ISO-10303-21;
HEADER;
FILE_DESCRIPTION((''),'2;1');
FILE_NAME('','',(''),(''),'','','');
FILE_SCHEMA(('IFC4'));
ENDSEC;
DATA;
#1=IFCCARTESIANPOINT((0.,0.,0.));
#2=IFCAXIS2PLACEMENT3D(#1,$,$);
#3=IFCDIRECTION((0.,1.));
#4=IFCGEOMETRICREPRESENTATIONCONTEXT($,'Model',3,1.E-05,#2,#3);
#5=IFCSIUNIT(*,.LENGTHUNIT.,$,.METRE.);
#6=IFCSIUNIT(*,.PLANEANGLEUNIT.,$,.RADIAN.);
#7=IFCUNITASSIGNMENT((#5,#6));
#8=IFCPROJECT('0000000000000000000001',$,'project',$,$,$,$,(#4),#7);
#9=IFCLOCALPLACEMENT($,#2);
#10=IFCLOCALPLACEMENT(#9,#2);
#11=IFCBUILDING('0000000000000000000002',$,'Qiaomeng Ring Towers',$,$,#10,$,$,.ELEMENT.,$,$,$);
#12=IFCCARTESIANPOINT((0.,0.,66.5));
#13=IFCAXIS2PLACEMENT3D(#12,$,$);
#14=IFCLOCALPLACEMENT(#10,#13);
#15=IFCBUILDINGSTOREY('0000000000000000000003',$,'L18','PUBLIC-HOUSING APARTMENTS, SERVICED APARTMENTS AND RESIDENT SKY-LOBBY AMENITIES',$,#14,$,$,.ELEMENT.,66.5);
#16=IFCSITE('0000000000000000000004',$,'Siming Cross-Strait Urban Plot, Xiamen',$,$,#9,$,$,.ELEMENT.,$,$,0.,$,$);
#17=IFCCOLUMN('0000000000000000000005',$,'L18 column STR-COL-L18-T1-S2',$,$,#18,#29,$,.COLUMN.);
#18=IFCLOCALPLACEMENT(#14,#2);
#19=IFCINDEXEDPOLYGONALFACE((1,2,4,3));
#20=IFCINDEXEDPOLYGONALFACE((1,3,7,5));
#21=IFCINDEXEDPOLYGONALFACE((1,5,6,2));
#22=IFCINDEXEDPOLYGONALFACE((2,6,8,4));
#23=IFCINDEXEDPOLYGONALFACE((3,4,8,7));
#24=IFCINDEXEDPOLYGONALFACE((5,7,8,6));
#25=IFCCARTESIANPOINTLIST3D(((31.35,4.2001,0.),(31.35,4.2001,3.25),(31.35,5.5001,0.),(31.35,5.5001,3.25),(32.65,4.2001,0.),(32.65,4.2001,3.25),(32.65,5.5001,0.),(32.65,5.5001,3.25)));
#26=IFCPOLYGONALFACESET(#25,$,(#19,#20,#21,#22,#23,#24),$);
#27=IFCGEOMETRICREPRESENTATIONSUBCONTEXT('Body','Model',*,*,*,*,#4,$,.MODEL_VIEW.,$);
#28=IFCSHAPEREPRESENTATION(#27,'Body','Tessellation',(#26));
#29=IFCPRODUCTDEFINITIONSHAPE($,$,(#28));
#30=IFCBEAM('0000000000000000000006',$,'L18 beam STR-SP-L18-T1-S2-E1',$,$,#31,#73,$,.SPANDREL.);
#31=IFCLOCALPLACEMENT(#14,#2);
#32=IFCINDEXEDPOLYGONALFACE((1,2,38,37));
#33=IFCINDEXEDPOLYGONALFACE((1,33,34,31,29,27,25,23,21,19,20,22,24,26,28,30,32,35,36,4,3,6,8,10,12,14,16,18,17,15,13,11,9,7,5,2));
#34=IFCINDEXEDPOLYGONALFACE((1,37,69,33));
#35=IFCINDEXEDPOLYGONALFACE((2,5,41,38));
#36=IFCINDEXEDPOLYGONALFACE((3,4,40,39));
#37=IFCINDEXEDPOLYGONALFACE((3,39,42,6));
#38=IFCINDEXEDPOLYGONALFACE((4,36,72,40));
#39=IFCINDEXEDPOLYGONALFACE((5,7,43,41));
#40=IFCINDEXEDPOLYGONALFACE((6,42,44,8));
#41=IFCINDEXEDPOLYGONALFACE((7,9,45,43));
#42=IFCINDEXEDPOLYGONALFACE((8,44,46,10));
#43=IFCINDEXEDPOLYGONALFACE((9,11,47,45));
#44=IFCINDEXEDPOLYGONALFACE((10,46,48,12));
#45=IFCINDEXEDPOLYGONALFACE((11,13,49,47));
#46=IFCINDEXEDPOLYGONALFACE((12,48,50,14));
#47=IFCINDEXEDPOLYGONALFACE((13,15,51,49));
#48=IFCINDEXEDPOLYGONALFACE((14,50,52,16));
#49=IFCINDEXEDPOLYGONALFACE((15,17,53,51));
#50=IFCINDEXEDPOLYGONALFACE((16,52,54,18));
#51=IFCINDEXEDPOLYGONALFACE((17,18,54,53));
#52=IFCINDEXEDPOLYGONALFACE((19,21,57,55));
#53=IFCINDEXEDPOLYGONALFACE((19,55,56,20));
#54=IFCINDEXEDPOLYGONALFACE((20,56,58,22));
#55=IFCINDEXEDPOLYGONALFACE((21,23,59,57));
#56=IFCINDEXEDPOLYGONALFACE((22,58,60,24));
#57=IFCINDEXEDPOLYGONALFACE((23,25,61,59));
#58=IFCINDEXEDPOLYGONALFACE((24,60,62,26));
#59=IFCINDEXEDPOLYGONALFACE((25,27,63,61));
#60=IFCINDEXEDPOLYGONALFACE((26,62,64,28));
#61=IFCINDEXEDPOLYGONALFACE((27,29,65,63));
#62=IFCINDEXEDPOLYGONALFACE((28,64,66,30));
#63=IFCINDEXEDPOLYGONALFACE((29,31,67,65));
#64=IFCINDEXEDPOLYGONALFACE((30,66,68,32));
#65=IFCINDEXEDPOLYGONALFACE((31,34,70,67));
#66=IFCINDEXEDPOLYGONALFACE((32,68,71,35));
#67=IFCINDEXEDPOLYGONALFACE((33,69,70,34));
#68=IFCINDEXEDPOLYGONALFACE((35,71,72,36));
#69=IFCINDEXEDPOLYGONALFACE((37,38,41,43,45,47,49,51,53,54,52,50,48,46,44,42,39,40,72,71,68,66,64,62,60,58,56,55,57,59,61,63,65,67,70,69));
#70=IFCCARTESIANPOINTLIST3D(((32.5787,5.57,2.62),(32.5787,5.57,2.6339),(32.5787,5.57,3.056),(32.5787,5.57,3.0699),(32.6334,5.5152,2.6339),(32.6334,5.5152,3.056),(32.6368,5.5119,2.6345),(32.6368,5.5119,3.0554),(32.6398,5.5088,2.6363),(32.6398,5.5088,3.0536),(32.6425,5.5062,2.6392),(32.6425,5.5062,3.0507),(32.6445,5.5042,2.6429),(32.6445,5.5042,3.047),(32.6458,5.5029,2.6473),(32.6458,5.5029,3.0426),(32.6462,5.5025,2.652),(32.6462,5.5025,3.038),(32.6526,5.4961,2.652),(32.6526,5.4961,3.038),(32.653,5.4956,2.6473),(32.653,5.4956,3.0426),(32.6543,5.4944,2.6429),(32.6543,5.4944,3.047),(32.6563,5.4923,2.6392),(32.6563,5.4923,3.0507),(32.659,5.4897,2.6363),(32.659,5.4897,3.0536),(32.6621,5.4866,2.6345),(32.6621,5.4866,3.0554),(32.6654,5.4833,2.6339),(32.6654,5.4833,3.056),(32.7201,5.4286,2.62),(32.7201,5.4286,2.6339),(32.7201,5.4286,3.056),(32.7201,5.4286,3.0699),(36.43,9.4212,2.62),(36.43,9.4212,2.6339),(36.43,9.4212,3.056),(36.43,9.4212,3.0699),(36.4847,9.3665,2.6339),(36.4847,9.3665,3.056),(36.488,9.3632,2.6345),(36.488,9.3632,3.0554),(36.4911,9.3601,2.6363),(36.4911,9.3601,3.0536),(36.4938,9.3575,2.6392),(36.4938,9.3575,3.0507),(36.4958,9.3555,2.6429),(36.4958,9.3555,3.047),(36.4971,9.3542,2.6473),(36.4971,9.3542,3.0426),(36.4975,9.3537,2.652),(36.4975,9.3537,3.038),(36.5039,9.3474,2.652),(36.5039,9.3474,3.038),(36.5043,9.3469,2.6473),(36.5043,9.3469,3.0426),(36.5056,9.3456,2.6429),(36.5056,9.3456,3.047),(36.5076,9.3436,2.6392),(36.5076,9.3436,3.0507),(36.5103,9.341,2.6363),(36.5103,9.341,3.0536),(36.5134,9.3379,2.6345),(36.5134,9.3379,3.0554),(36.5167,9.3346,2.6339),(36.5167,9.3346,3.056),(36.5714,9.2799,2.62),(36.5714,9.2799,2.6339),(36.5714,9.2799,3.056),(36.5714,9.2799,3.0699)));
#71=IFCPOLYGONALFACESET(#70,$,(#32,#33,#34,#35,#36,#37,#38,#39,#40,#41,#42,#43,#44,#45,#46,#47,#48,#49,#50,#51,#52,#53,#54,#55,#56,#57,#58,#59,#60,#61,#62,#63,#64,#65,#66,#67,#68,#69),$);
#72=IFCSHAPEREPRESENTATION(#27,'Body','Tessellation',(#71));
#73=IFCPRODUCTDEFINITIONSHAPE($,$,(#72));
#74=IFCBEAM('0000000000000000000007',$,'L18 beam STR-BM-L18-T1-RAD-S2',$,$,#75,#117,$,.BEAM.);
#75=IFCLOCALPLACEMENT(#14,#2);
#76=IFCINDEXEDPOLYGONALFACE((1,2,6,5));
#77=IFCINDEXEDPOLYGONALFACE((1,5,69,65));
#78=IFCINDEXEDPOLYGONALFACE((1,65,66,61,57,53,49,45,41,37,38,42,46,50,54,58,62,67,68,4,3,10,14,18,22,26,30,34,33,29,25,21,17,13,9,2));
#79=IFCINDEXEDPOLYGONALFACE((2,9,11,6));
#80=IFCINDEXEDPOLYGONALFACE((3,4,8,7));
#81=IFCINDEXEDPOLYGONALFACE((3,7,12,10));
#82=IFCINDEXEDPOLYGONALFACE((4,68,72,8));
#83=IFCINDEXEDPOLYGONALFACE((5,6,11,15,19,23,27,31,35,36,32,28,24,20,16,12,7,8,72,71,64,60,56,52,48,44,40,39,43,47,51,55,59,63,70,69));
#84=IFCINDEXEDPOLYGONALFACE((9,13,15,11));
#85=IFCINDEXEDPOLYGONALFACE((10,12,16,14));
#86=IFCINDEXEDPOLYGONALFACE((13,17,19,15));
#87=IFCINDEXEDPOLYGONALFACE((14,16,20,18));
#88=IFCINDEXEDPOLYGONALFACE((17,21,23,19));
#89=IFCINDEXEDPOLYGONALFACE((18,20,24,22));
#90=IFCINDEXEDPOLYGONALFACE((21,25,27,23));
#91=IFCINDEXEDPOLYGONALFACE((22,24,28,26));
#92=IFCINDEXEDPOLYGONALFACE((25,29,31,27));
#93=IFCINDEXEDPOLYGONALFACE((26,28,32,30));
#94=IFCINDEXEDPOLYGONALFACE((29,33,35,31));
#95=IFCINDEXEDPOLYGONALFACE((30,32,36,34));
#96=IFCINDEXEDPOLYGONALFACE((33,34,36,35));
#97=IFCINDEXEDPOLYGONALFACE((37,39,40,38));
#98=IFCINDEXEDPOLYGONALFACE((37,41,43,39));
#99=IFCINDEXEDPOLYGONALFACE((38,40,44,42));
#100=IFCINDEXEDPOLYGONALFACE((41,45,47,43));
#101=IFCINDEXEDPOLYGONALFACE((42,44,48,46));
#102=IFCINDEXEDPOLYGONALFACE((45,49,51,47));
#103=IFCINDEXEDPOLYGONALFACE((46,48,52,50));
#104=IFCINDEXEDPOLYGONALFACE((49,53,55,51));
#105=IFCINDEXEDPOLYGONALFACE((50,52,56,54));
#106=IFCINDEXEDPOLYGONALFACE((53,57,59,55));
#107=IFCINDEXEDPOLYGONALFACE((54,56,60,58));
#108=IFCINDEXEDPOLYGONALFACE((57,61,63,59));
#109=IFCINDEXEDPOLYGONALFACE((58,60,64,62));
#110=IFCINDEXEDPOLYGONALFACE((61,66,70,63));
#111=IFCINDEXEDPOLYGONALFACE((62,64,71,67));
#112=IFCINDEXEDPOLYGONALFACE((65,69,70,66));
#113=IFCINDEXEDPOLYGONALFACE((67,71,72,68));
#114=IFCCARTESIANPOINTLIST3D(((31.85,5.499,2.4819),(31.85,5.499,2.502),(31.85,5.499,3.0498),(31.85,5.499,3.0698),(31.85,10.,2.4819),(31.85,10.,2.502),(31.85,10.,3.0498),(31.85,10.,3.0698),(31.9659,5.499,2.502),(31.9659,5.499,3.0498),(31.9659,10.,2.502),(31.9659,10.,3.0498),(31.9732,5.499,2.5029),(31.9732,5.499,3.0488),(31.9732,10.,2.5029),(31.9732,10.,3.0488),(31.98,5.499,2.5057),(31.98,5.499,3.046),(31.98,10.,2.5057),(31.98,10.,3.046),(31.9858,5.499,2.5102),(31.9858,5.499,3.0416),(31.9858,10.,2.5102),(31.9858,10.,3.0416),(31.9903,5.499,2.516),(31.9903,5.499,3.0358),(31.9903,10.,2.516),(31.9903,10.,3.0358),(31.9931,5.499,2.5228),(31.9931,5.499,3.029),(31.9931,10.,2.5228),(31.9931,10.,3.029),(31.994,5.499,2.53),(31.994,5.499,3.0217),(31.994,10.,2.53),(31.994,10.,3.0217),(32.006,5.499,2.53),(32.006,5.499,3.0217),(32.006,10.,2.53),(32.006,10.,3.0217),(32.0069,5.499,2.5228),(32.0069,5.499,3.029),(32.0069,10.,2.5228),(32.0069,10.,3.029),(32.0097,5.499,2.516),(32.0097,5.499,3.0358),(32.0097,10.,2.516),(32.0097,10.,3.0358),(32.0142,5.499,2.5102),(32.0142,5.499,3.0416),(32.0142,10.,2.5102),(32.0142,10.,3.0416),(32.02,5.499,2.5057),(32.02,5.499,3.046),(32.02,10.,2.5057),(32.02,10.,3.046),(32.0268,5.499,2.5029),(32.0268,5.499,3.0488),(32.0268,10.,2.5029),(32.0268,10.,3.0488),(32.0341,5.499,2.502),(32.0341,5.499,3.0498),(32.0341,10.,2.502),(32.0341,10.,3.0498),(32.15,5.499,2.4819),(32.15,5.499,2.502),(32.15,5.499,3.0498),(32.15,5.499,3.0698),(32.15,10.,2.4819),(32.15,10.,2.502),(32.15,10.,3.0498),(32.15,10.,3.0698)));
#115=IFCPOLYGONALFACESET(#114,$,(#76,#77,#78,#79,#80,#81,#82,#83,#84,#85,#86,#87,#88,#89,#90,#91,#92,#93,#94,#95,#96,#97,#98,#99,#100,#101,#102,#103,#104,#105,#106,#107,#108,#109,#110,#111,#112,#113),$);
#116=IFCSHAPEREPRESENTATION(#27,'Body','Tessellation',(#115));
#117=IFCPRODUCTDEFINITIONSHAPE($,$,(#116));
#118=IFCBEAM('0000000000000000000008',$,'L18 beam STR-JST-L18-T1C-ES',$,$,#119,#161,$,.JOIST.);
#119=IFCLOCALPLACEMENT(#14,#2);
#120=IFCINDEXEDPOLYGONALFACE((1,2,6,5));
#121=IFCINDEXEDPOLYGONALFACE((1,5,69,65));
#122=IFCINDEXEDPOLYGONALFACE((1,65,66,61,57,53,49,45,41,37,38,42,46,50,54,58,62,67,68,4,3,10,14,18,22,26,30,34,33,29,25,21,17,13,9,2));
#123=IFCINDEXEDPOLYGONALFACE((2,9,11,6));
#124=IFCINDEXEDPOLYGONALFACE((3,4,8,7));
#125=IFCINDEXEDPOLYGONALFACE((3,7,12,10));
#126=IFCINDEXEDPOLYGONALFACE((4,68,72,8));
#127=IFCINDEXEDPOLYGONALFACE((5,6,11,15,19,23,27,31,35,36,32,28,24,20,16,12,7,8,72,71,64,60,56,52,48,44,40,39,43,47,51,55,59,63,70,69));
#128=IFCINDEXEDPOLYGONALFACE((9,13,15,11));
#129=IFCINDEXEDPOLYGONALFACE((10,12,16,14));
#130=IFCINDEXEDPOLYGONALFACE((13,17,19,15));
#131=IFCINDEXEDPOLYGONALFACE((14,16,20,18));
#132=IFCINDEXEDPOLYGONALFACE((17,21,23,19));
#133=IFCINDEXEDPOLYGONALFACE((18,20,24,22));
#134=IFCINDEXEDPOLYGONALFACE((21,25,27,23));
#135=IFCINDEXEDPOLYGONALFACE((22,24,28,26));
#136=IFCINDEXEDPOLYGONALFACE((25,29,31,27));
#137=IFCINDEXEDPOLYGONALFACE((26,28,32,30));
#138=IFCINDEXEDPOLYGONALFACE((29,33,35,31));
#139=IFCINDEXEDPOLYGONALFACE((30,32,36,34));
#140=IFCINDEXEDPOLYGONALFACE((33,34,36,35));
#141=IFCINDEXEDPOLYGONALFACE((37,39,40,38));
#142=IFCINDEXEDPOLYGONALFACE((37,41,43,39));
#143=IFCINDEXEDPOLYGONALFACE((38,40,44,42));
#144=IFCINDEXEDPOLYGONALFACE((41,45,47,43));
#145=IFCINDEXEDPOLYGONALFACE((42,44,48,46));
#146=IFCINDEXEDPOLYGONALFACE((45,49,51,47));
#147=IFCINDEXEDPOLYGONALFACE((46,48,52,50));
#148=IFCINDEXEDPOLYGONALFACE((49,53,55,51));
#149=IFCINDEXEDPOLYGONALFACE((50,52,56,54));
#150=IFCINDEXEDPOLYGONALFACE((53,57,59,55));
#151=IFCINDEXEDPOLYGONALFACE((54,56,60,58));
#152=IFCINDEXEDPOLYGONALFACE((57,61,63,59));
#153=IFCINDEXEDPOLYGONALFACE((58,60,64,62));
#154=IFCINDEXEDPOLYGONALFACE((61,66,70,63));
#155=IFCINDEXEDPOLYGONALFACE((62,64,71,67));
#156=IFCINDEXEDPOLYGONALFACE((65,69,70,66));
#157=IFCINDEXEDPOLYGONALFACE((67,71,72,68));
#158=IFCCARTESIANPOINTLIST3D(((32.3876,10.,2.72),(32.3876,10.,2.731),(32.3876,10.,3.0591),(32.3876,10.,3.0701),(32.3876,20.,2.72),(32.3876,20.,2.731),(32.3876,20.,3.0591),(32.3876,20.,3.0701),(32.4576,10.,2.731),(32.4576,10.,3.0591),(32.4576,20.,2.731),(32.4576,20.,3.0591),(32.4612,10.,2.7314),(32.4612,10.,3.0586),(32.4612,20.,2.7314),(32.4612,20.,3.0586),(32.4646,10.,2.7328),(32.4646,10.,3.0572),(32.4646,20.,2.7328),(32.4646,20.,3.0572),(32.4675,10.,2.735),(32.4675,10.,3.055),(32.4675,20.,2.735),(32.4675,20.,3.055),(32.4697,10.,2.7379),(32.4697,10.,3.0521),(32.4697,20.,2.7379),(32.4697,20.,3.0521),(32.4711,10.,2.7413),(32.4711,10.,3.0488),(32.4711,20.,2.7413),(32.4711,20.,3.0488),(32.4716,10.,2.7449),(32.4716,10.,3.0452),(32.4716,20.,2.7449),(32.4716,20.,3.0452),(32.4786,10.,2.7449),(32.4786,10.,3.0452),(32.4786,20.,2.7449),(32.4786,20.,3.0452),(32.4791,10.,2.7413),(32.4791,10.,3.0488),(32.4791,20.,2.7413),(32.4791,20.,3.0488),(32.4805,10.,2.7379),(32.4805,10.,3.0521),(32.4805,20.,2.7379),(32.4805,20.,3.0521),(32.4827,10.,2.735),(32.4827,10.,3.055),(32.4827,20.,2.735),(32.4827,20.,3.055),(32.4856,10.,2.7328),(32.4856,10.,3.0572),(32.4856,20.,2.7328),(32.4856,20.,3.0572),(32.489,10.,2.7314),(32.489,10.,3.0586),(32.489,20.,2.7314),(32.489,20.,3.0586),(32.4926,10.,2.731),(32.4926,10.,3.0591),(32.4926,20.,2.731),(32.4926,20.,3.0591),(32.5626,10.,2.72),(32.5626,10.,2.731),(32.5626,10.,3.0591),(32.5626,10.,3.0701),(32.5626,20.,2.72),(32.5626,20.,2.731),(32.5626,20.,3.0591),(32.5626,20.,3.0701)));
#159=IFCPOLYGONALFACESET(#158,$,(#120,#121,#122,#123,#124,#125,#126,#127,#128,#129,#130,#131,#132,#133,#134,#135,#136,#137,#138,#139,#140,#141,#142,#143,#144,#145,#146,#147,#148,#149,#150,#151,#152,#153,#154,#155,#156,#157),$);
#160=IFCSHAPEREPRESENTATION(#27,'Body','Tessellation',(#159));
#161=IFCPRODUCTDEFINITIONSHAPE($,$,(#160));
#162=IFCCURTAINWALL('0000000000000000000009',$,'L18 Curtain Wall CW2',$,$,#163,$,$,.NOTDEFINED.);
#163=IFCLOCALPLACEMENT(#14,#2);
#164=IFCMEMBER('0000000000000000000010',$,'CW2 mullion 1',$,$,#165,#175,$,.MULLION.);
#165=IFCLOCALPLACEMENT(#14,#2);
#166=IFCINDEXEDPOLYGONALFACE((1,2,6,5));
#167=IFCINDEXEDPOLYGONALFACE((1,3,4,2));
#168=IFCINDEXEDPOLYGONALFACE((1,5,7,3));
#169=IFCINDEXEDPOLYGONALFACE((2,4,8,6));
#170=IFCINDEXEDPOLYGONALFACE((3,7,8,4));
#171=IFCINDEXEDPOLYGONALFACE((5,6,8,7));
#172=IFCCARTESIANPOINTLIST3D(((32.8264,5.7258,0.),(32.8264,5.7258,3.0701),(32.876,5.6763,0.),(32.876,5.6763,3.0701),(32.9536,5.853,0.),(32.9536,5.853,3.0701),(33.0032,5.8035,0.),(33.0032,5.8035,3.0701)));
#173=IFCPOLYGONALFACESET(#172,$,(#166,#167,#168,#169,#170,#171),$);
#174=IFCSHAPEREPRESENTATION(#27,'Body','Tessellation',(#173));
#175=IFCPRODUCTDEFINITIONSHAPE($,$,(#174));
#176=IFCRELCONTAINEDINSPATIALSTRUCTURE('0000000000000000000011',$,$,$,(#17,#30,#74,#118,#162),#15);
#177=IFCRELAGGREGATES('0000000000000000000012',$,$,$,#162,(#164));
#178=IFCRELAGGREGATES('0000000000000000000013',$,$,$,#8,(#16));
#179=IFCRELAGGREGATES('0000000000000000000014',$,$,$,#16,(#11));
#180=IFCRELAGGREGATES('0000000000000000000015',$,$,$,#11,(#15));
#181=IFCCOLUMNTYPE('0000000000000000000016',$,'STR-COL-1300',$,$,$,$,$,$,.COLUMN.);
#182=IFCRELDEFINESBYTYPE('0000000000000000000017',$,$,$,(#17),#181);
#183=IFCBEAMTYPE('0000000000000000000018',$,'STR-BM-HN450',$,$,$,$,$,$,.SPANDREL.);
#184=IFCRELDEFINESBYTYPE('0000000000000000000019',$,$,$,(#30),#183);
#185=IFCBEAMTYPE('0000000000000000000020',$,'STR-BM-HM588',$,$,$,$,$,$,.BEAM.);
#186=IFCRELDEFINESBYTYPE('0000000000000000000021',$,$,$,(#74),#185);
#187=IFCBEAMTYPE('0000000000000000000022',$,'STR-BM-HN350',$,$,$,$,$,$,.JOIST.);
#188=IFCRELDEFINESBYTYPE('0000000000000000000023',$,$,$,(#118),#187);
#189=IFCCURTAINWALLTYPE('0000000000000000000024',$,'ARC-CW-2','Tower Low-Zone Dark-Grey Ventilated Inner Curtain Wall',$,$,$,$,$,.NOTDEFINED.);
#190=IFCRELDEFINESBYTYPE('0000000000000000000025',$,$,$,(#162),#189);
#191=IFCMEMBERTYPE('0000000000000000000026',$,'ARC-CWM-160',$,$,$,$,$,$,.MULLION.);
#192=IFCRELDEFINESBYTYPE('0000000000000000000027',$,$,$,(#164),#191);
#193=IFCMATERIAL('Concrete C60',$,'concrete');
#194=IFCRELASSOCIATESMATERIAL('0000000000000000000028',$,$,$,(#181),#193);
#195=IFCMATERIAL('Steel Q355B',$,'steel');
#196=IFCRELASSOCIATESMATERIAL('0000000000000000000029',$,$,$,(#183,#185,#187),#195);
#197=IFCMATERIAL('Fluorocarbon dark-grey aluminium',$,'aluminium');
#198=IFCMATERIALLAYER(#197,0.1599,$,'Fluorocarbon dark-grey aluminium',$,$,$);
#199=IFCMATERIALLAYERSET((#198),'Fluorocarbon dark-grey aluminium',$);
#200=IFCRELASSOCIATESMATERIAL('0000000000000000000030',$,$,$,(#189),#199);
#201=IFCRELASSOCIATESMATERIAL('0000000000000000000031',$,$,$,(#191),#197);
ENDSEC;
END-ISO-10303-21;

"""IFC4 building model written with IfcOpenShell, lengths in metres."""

from ifc_helpers import new_model, si_unit, direction, frame, origin, origin_2d, place, context, subcontext, project, spatial, rectangle, i_section, extrude, source, transform, mapped, material, layer, layer_set, material_profile, profile_set, type_object, element, aggregate, save


model = new_model("IFC4")

# Units and contexts
model_context = context("Model", 3, precision=1e-05, world=origin(), true_north=direction((0.0, 1.0)))
body_context = subcontext(model_context, "Body", "Model", "MODEL_VIEW")
ifc_project = project(units=[si_unit("LENGTHUNIT", "METRE"), si_unit("PLANEANGLEUNIT", "RADIAN")], contexts=[model_context])

# Site, building, storey
site_placement = place(None, origin())
site = spatial("IfcSite", under=ifc_project, at=site_placement, Name="Siming Cross-Strait Urban Plot, Xiamen", CompositionType="ELEMENT", RefElevation=0.0)
building_placement = place(site_placement, origin())
building = spatial("IfcBuilding", under=site, at=building_placement, Name="Qiaomeng Ring Towers", CompositionType="ELEMENT")
storey_placement = place(building_placement, frame((0.0, 0.0, 66.5)))
storey = spatial("IfcBuildingStorey", under=building, at=storey_placement, Name="L18", Description="PUBLIC-HOUSING APARTMENTS, SERVICED APARTMENTS AND RESIDENT SKY-LOBBY AMENITIES", CompositionType="ELEMENT", Elevation=66.5)

# Column
ifc_material_1 = material(Name="Concrete C60", Category="concrete")
ifc_material_profile_1 = material_profile(ifc_material_1, rectangle(XDim=1.3, YDim=1.3, at=origin_2d()), Name="RC COL 1300x1300")
ifc_profile_set_1 = profile_set([ifc_material_profile_1], Name="Concrete C60")
column_type = type_object("IfcColumnType", Name="STR-COL-1300", PredefinedType="COLUMN", material=ifc_profile_set_1)
shared_shape_1 = source(origin(), body_context, "Body", "SweptSolid", [
    extrude(rectangle(XDim=1.3, YDim=1.3, at=origin_2d()), origin(), (0.0, 0.0, 1.0), 3.25),
])
column_placement = place(storey_placement, frame((32.0, 4.8501, 0.0), z_axis=(0.0, 0.0, 1.0), x_axis=(1.0, 0.0, 0.0)))
element("IfcColumn", 1, at=column_placement, inside=storey, type_object=column_type, Name="L18 column STR-COL-L18-T1-S2", PredefinedType="COLUMN", context=body_context, shape_type="MappedRepresentation", body=[
    mapped(shared_shape_1, transform((0.0, 0.0, 0.0), x_axis=(1.0, 0.0, 0.0), y_axis=(0.0, 1.0, 0.0), z_axis=(0.0, 0.0, 1.0), scale=1.0)),
])

# Beams
ifc_material_2 = material(Name="Steel Q355B", Category="steel")
ifc_material_profile_2 = material_profile(ifc_material_2, i_section(OverallWidth=0.2, OverallDepth=0.45, WebThickness=0.009, FlangeThickness=0.0139, FilletRadius=0.0181, at=origin_2d()), Name="HN 450x200x9x14")
ifc_profile_set_2 = profile_set([ifc_material_profile_2], Name="Steel Q355B")
beam_type_1 = type_object("IfcBeamType", Name="STR-BM-HN450", PredefinedType="SPANDREL", material=ifc_profile_set_2)
shared_shape_2 = source(origin(), body_context, "Body", "SweptSolid", [
    extrude(i_section(OverallWidth=0.2, OverallDepth=0.45, WebThickness=0.009, FlangeThickness=0.0139, FilletRadius=0.0181, at=origin_2d()), origin(), (0.0, 0.0, 1.0), 5.4465),
])
beam_1_placement = place(storey_placement, frame((32.6494, 5.4993, 2.845), z_axis=(0.707107, 0.707107, 0.0), x_axis=(-0.707107, 0.707107, 0.0)))
element("IfcBeam", 2, at=beam_1_placement, inside=storey, type_object=beam_type_1, Name="L18 beam STR-SP-L18-T1-S2-E1", PredefinedType="SPANDREL", context=body_context, shape_type="MappedRepresentation", body=[
    mapped(shared_shape_2, transform((0.0, 0.0, 0.0), x_axis=(1.0, 0.0, 0.0), y_axis=(0.0, 1.0, 0.0), z_axis=(0.0, 0.0, 1.0), scale=1.0)),
])
ifc_material_profile_3 = material_profile(ifc_material_2, i_section(OverallWidth=0.3, OverallDepth=0.5879, WebThickness=0.012, FlangeThickness=0.02, FilletRadius=0.0281, at=origin_2d()), Name="HM 588x300x12x20")
ifc_profile_set_3 = profile_set([ifc_material_profile_3], Name="Steel Q355B")
beam_type_2 = type_object("IfcBeamType", Name="STR-BM-HM588", PredefinedType="BEAM", material=ifc_profile_set_3)
shared_shape_3 = source(origin(), body_context, "Body", "SweptSolid", [
    extrude(i_section(OverallWidth=0.3, OverallDepth=0.5879, WebThickness=0.012, FlangeThickness=0.02, FilletRadius=0.0281, at=origin_2d()), origin(), (0.0, 0.0, 1.0), 4.501),
])
beam_2_placement = place(storey_placement, frame((32.0, 5.499, 2.7759), z_axis=(0.0, 1.0, 0.0), x_axis=(-1.0, 0.0, 0.0)))
element("IfcBeam", 3, at=beam_2_placement, inside=storey, type_object=beam_type_2, Name="L18 beam STR-BM-L18-T1-RAD-S2", PredefinedType="BEAM", context=body_context, shape_type="MappedRepresentation", body=[
    mapped(shared_shape_3, transform((0.0, 0.0, 0.0), x_axis=(1.0, 0.0, 0.0), y_axis=(0.0, 1.0, 0.0), z_axis=(0.0, 0.0, 1.0), scale=1.0)),
])
ifc_material_profile_4 = material_profile(ifc_material_2, i_section(OverallWidth=0.175, OverallDepth=0.3501, WebThickness=0.0071, FlangeThickness=0.011, FilletRadius=0.0139, at=origin_2d()), Name="HN 350x175x7x11")
ifc_profile_set_4 = profile_set([ifc_material_profile_4], Name="Steel Q355B")
beam_type_3 = type_object("IfcBeamType", Name="STR-BM-HN350", PredefinedType="JOIST", material=ifc_profile_set_4)
shared_shape_4 = source(origin(), body_context, "Body", "SweptSolid", [
    extrude(i_section(OverallWidth=0.175, OverallDepth=0.3501, WebThickness=0.0071, FlangeThickness=0.011, FilletRadius=0.0139, at=origin_2d()), origin(), (0.0, 0.0, 1.0), 10.0),
])
beam_3_placement = place(storey_placement, frame((32.4751, 10.0, 2.895), z_axis=(0.0, 1.0, 0.0), x_axis=(-1.0, 0.0, 0.0)))
element("IfcBeam", 4, at=beam_3_placement, inside=storey, type_object=beam_type_3, Name="L18 beam STR-JST-L18-T1C-ES", PredefinedType="JOIST", context=body_context, shape_type="MappedRepresentation", body=[
    mapped(shared_shape_4, transform((0.0, 0.0, 0.0), x_axis=(1.0, 0.0, 0.0), y_axis=(0.0, 1.0, 0.0), z_axis=(0.0, 0.0, 1.0), scale=1.0)),
])

# Curtain wall, member
ifc_material_3 = material(Name="Fluorocarbon dark-grey aluminium", Category="aluminium")
ifc_layer_1 = layer(ifc_material_3, 0.1599, Name="Fluorocarbon dark-grey aluminium")
ifc_layer_set_1 = layer_set([ifc_layer_1], Name="Fluorocarbon dark-grey aluminium")
curtain_wall_type = type_object("IfcCurtainWallType", Name="ARC-CW-2", Description="Tower Low-Zone Dark-Grey Ventilated Inner Curtain Wall", PredefinedType="NOTDEFINED", material=ifc_layer_set_1)
curtain_wall_placement = place(storey_placement, origin())
curtain_wall = element("IfcCurtainWall", 5, at=curtain_wall_placement, inside=storey, type_object=curtain_wall_type, Name="L18 Curtain Wall CW2", PredefinedType="NOTDEFINED")
ifc_material_profile_5 = material_profile(ifc_material_3, rectangle(XDim=0.0701, YDim=0.1799, at=origin_2d()), Name="ALU MULL 70x180")
ifc_profile_set_5 = profile_set([ifc_material_profile_5], Name="Fluorocarbon dark-grey aluminium")
member_type_1 = type_object("IfcMemberType", Name="ARC-CWM-160", PredefinedType="MULLION", material=ifc_profile_set_5)
shared_shape_5 = source(origin(), body_context, "Body", "SweptSolid", [
    extrude(rectangle(XDim=0.0701, YDim=0.1799, at=origin_2d()), origin(), (0.0, 0.0, 1.0), 3.0701),
])
member_1_placement = place(storey_placement, frame((32.9148, 5.7646, 0.0), z_axis=(0.0, 0.0, 1.0), x_axis=(-0.707107, 0.707107, 0.0)))
member_1 = element("IfcMember", 6, at=member_1_placement, type_object=member_type_1, Name="CW2 mullion 1", PredefinedType="MULLION", context=body_context, shape_type="MappedRepresentation", body=[
    mapped(shared_shape_5, transform((0.0, 0.0, 0.0), x_axis=(1.0, 0.0, 0.0), y_axis=(0.0, 1.0, 0.0), z_axis=(0.0, 0.0, 1.0), scale=1.0)),
])
aggregate(curtain_wall, [member_1])

save(model, "model.ifc")
